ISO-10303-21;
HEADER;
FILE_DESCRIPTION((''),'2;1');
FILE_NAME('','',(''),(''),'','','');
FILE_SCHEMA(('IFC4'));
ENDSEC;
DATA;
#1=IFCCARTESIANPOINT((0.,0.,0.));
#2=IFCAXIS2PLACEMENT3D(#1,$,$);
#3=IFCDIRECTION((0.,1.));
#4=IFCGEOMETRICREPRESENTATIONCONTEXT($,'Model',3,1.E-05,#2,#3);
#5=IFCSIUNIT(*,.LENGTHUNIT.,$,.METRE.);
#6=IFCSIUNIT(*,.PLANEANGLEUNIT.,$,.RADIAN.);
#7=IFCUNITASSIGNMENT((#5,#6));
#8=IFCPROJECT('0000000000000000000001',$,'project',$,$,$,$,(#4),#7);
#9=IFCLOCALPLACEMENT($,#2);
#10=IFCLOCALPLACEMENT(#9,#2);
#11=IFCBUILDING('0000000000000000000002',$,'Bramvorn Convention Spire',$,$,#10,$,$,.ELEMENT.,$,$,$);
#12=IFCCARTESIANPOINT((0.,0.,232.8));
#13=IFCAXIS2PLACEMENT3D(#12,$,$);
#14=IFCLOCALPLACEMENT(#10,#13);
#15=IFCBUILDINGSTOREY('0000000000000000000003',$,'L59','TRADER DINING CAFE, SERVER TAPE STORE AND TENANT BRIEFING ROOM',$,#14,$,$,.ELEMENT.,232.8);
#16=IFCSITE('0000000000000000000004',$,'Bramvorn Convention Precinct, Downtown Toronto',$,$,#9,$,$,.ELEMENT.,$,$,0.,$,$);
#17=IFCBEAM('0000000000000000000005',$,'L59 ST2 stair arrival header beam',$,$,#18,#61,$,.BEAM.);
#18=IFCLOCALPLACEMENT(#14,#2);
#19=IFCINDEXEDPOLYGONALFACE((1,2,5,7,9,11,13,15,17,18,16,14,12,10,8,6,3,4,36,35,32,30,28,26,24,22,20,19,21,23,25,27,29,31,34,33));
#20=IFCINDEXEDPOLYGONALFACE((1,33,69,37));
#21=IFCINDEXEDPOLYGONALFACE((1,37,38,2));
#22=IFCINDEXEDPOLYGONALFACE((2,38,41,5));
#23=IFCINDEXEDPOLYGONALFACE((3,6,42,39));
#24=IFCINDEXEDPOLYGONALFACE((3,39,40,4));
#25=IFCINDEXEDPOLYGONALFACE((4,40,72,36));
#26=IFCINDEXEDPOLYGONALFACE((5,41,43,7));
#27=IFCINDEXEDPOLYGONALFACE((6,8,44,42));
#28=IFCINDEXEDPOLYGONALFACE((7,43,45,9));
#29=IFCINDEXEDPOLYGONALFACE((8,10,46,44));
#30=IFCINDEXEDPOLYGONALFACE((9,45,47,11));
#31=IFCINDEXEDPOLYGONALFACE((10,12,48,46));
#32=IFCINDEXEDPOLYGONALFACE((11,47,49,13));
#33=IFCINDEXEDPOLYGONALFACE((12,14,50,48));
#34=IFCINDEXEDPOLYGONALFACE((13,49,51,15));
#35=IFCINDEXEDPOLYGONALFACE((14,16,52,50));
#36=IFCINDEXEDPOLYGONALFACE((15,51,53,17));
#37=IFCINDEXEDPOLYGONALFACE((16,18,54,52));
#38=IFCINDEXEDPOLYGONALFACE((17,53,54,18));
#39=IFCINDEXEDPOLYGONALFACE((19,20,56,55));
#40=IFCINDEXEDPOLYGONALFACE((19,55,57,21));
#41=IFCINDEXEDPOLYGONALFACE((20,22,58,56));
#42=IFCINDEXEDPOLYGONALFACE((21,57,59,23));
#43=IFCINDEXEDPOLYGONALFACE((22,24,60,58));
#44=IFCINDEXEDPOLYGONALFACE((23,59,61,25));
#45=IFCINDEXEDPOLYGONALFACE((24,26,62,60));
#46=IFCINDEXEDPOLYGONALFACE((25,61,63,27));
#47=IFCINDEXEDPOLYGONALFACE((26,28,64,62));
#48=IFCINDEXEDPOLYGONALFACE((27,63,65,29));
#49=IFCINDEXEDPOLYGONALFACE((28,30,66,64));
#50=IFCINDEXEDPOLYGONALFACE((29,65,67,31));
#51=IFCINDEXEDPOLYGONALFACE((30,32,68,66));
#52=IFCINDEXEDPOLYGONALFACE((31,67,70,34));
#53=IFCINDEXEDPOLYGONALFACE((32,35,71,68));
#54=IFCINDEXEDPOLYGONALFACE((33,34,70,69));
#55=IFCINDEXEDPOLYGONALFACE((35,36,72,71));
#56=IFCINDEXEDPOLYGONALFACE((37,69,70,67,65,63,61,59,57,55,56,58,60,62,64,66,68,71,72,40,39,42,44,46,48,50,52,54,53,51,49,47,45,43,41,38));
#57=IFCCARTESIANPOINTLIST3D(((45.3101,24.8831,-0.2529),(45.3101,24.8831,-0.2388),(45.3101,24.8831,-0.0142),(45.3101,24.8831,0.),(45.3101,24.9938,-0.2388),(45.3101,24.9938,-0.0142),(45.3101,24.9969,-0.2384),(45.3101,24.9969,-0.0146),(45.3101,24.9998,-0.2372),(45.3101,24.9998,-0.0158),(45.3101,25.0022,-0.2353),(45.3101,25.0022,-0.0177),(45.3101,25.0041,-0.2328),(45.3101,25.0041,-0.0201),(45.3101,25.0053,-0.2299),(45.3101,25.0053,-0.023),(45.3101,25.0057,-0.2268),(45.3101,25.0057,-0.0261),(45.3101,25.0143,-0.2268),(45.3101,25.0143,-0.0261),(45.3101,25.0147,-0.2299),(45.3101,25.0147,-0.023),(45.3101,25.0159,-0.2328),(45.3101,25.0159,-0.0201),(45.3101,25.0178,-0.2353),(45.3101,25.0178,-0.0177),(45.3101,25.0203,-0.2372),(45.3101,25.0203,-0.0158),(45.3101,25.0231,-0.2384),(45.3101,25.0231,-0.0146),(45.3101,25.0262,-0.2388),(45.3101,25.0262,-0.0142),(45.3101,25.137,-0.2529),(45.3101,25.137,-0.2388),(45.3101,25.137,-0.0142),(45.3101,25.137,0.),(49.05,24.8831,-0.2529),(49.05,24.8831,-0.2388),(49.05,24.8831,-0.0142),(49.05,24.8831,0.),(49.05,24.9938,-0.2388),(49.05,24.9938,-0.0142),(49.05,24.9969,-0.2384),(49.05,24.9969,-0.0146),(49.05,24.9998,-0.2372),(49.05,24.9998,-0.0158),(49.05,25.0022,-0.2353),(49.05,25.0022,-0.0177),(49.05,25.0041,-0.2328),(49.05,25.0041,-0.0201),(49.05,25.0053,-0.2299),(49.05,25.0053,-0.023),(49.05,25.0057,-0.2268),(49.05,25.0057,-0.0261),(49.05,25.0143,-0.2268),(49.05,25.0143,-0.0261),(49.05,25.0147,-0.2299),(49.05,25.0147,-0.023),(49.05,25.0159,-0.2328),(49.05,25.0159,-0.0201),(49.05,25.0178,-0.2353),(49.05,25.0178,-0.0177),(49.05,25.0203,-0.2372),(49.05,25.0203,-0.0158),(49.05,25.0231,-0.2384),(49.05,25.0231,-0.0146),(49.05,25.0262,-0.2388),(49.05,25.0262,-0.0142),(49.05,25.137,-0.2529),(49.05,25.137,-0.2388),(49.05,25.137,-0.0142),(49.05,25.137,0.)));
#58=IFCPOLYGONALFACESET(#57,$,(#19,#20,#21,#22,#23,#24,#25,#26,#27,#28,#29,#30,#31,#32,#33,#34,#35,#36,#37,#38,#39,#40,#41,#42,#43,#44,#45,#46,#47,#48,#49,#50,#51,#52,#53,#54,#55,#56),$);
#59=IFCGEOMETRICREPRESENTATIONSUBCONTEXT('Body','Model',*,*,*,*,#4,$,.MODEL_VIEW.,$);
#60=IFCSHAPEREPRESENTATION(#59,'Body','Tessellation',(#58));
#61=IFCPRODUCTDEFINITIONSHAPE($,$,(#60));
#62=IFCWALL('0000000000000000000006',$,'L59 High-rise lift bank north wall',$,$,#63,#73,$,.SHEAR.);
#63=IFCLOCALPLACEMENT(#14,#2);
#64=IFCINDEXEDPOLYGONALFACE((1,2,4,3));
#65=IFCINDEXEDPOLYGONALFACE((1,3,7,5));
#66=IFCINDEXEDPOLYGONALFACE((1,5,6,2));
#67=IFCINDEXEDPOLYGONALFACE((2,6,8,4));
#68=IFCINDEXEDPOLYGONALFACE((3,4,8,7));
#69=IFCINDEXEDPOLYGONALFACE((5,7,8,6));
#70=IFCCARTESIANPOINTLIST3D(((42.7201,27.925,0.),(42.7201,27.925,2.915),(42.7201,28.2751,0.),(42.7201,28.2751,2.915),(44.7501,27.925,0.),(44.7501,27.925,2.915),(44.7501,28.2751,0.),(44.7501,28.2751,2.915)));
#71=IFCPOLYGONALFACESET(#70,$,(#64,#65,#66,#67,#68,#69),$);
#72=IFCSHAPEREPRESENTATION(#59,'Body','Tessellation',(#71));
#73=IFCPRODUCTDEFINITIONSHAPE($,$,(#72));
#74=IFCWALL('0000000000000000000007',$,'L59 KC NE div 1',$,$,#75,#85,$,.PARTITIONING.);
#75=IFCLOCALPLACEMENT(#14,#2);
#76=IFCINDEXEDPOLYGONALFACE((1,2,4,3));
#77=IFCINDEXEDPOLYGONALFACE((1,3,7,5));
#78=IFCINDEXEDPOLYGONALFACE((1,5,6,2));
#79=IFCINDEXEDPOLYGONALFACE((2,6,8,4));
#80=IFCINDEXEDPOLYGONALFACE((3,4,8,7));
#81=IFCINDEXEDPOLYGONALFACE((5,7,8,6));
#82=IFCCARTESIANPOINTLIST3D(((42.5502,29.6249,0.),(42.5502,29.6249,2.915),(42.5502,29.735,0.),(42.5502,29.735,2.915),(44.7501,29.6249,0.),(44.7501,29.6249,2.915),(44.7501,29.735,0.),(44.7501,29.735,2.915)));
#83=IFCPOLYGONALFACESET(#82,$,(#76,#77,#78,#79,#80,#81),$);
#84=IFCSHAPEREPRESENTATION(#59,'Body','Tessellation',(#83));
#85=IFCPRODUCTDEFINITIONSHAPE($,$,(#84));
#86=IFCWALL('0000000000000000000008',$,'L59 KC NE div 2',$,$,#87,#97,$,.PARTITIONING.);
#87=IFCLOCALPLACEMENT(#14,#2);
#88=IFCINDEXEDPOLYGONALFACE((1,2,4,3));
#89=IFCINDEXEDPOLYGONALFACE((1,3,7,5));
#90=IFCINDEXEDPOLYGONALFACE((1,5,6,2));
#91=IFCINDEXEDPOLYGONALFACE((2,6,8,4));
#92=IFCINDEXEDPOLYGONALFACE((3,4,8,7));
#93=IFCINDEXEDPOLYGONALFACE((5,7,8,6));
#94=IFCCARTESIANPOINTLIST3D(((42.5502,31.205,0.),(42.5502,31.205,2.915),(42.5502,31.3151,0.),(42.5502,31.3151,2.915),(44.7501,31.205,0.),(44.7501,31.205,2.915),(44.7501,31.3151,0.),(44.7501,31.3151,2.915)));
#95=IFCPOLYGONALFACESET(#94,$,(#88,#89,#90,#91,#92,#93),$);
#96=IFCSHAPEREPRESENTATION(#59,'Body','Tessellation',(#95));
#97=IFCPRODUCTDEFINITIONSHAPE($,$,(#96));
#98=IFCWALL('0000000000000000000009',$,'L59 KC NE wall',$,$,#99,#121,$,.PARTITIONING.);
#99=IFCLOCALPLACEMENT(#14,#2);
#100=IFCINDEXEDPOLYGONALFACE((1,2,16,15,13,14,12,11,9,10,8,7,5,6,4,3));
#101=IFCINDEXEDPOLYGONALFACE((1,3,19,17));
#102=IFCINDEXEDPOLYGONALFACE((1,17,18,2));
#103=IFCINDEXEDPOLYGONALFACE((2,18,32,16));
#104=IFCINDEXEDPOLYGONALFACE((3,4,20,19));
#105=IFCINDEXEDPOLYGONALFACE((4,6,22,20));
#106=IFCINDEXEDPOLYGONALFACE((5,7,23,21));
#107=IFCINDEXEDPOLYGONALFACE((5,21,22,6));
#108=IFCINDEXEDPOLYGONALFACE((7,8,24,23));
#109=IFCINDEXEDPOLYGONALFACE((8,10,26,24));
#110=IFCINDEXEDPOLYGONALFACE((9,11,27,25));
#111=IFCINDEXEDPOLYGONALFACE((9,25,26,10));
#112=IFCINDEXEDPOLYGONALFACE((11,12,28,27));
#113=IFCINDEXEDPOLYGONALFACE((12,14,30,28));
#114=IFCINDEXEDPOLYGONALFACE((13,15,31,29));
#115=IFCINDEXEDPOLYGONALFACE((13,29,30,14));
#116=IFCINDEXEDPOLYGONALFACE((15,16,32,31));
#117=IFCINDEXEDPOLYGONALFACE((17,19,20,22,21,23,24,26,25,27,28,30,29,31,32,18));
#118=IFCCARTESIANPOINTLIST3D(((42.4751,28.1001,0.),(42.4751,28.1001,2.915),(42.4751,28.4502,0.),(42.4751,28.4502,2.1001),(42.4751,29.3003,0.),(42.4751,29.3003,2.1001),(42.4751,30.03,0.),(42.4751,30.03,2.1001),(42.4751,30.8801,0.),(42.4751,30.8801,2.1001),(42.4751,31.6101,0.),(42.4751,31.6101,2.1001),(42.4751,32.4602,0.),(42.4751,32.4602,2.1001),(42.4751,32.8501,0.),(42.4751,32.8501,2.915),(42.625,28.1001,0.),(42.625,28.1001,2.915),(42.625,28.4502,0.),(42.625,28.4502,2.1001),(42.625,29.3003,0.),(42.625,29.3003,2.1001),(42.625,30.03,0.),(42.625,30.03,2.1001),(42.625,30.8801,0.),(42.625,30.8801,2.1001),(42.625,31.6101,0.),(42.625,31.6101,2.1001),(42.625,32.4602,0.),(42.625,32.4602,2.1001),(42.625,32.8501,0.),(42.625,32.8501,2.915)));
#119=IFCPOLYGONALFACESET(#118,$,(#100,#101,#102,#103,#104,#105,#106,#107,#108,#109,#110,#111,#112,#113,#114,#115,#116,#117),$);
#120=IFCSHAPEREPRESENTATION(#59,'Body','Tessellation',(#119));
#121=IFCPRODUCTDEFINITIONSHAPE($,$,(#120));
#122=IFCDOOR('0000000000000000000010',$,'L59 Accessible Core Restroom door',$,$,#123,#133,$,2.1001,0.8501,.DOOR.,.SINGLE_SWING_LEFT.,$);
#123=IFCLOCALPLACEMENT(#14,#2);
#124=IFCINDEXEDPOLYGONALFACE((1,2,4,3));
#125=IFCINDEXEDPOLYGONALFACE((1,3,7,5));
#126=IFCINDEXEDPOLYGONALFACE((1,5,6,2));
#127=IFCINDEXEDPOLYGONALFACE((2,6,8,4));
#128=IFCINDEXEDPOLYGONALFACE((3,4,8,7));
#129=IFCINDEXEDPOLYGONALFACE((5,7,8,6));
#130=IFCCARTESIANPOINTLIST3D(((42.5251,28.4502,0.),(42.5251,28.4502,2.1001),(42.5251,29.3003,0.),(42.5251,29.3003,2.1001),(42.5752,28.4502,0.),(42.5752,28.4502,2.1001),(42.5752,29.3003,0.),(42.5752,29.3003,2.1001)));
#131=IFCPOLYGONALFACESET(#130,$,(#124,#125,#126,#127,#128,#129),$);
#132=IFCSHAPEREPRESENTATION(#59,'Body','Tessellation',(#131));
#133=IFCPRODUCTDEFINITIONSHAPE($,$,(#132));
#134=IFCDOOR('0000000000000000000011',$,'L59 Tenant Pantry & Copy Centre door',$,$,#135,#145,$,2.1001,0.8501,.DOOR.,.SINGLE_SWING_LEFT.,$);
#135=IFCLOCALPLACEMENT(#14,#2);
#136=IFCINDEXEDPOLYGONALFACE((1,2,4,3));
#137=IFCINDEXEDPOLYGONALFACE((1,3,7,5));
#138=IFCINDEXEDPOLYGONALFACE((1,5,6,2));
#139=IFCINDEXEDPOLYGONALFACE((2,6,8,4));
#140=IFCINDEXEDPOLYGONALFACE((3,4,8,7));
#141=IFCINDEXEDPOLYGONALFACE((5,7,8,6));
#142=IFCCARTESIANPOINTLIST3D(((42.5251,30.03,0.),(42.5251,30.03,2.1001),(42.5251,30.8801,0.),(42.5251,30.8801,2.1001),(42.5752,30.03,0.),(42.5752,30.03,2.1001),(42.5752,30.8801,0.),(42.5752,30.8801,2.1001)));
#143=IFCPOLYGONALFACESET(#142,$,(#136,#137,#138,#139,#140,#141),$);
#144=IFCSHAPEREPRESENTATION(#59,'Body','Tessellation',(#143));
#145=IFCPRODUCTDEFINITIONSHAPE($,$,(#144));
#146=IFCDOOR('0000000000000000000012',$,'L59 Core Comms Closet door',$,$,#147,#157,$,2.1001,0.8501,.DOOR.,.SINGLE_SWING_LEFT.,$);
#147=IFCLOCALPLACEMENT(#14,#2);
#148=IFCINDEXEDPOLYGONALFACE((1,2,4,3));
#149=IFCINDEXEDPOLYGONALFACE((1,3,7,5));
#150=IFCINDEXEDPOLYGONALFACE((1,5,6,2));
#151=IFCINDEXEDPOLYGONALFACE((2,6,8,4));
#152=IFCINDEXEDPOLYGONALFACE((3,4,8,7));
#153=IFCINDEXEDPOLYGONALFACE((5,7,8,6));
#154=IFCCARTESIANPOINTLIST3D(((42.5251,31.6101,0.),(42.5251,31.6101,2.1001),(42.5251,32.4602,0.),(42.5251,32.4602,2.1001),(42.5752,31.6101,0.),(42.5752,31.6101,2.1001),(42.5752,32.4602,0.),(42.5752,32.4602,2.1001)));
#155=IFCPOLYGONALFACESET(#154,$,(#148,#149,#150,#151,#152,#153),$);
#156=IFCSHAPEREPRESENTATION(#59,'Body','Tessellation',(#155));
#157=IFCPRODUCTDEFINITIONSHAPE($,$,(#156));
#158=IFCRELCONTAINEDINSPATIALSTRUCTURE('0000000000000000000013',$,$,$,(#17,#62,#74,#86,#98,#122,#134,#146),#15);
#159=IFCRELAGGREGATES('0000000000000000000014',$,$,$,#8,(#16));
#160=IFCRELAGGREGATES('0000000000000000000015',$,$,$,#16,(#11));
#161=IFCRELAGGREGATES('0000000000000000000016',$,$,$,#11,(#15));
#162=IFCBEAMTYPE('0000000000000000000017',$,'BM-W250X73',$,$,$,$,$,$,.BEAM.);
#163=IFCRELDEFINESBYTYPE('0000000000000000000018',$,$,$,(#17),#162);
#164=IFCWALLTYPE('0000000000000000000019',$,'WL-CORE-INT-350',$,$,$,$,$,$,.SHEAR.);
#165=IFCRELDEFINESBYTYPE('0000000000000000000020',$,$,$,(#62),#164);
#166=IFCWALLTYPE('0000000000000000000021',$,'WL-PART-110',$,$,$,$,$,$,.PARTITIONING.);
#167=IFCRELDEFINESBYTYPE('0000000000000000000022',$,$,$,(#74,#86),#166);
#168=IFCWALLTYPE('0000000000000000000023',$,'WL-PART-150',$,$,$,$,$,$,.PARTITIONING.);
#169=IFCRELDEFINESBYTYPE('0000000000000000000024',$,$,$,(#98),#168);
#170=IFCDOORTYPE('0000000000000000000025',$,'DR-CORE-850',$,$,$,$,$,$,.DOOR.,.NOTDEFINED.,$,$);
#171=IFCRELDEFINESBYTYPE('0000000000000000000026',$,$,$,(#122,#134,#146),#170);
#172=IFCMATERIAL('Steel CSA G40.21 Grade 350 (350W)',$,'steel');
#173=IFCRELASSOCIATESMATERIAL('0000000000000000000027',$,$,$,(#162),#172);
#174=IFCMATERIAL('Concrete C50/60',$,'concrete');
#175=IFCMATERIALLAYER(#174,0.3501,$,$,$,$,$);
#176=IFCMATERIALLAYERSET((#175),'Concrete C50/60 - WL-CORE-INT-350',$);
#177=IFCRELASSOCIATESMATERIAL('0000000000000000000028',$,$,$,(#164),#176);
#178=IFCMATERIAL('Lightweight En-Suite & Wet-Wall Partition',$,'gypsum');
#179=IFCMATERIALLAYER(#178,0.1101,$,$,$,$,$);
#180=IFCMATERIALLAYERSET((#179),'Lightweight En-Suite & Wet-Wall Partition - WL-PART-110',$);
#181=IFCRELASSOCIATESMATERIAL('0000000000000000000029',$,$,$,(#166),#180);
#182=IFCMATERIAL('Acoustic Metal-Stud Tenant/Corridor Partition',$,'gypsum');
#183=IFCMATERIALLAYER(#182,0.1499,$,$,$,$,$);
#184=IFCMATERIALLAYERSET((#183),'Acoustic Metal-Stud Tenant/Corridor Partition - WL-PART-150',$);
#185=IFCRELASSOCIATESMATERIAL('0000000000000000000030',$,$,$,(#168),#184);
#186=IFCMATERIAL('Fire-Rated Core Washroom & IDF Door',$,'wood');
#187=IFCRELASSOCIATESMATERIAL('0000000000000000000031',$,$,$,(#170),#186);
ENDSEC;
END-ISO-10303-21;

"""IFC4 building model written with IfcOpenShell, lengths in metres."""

from ifc_helpers import new_model, si_unit, direction, frame, frame_2d, origin, origin_2d, place, context, subcontext, project, spatial, rectangle, i_section, extrude, material, layer, layer_set, material_profile, profile_set, type_object, element, fill, save


model = new_model("IFC4")

# Units and contexts
model_context = context("Model", 3, precision=1e-05, world=origin(), true_north=direction((0.0, 1.0)))
body_context = subcontext(model_context, "Body", "Model", "MODEL_VIEW")
ifc_project = project(units=[si_unit("LENGTHUNIT", "METRE"), si_unit("PLANEANGLEUNIT", "RADIAN")], contexts=[model_context])

# Site, building, storey
site_placement = place(None, origin())
site = spatial("IfcSite", under=ifc_project, at=site_placement, Name="Bramvorn Convention Precinct, Downtown Toronto", CompositionType="ELEMENT", RefElevation=0.0)
building_placement = place(site_placement, origin())
building = spatial("IfcBuilding", under=site, at=building_placement, Name="Bramvorn Convention Spire", CompositionType="ELEMENT")
storey_placement = place(building_placement, frame((0.0, 0.0, 232.8)))
storey = spatial("IfcBuildingStorey", under=building, at=storey_placement, Name="L59", Description="TRADER DINING CAFE, SERVER TAPE STORE AND TENANT BRIEFING ROOM", CompositionType="ELEMENT", Elevation=232.8)

# Beam
ifc_material_1 = material(Name="Steel CSA G40.21 Grade 350 (350W)", Category="steel")
ifc_material_profile = material_profile(ifc_material_1, i_section(OverallWidth=0.2539, OverallDepth=0.2529, WebThickness=0.0085, FlangeThickness=0.0142, FilletRadius=0.012, at=origin_2d()))
ifc_profile_set = profile_set([ifc_material_profile], Name="Steel CSA G40.21 Grade 350 (350W) - W250X73")
beam_type = type_object("IfcBeamType", Name="BM-W250X73", PredefinedType="BEAM", material=ifc_profile_set)
beam_placement = place(storey_placement, frame((45.3101, 25.01, -0.1265), z_axis=(1.0, 0.0, 0.0), x_axis=(0.0, 1.0, 0.0)))
element("IfcBeam", 1, at=beam_placement, inside=storey, type_object=beam_type, Name="L59 ST2 stair arrival header beam", PredefinedType="BEAM", context=body_context, shape_type="SweptSolid", body=[
    extrude(i_section(OverallWidth=0.2539, OverallDepth=0.2529, WebThickness=0.0085, FlangeThickness=0.0142, FilletRadius=0.012, at=origin_2d()), origin(), (0.0, 0.0, 1.0), 3.74),
])

# Shared definitions
ifc_material_2 = material(Name="Concrete C50/60", Category="concrete")
ifc_layer_1 = layer(ifc_material_2, 0.3501)
ifc_layer_set_1 = layer_set([ifc_layer_1], Name="Concrete C50/60 - WL-CORE-INT-350")
wall_type_1 = type_object("IfcWallType", Name="WL-CORE-INT-350", PredefinedType="SHEAR", material=ifc_layer_set_1)

# Walls
wall_1_placement = place(storey_placement, frame((42.72, 28.1001, 0.0), z_axis=(0.0, 0.0, 1.0), x_axis=(1.0, 0.0, 0.0)))
element("IfcWall", 2, at=wall_1_placement, inside=storey, type_object=wall_type_1, Name="L59 High-rise lift bank north wall", PredefinedType="SHEAR", context=body_context, shape_type="SweptSolid", body=[
    extrude(rectangle(XDim=2.03, YDim=0.3501, at=frame_2d((1.0151, 0.0))), origin(), (0.0, 0.0, 1.0), 2.915),
])
ifc_material_3 = material(Name="Lightweight En-Suite & Wet-Wall Partition", Category="gypsum")
ifc_layer_2 = layer(ifc_material_3, 0.1101)
ifc_layer_set_2 = layer_set([ifc_layer_2], Name="Lightweight En-Suite & Wet-Wall Partition - WL-PART-110")
wall_type_2 = type_object("IfcWallType", Name="WL-PART-110", PredefinedType="PARTITIONING", material=ifc_layer_set_2)
for number, where, z_axis, x_axis, name in (
    (3, (42.55, 29.6799, 0.0), (0.0, 0.0, 1.0), (1.0, 0.0, 0.0), "L59 KC NE div 1"),
    (4, (42.55, 31.26, 0.0), (0.0, 0.0, 1.0), (1.0, 0.0, 0.0), "L59 KC NE div 2"),
):
    element("IfcWall", number, at=place(storey_placement, frame(where, z_axis=z_axis, x_axis=x_axis)), inside=storey, type_object=wall_type_2, Name=name, PredefinedType="PARTITIONING", context=body_context, shape_type="SweptSolid", body=[
        extrude(rectangle(XDim=2.2, YDim=0.1101, at=frame_2d((1.1001, 0.0))), origin(), (0.0, 0.0, 1.0), 2.915),
    ])

# Wall, openings, doors
ifc_material_4 = material(Name="Acoustic Metal-Stud Tenant/Corridor Partition", Category="gypsum")
ifc_layer_3 = layer(ifc_material_4, 0.1499)
ifc_layer_set_3 = layer_set([ifc_layer_3], Name="Acoustic Metal-Stud Tenant/Corridor Partition - WL-PART-150")
wall_type_3 = type_object("IfcWallType", Name="WL-PART-150", PredefinedType="PARTITIONING", material=ifc_layer_set_3)
wall_2_placement = place(storey_placement, frame((42.55, 28.1001, 0.0), z_axis=(0.0, 0.0, 1.0), x_axis=(0.0, 1.0, 0.0)))
wall_2 = element("IfcWall", 5, at=wall_2_placement, inside=storey, type_object=wall_type_3, Name="L59 KC NE wall", PredefinedType="PARTITIONING", context=body_context, shape_type="SweptSolid", body=[
    extrude(rectangle(XDim=4.75, YDim=0.1499, at=frame_2d((2.375, 0.0))), origin(), (0.0, 0.0, 1.0), 2.915),
])
opening_1_placement = place(wall_2_placement, frame((0.3501, 0.0, 0.0)))
opening_1 = element("IfcOpeningElement", 6, at=opening_1_placement, cuts=wall_2, PredefinedType="OPENING", context=body_context, shape_type="SweptSolid", body=[
    extrude(rectangle(XDim=0.8501, YDim=2.1001, at=frame_2d((0.425, 1.05))), frame((0.0, 0.085, 0.0), z_axis=(0.0, -1.0, 0.0), x_axis=(1.0, 0.0, 0.0)), (0.0, 0.0, 1.0), 0.1699),
])
opening_2_placement = place(wall_2_placement, frame((1.9299, 0.0, 0.0)))
opening_2 = element("IfcOpeningElement", 7, at=opening_2_placement, cuts=wall_2, PredefinedType="OPENING", context=body_context, shape_type="SweptSolid", body=[
    extrude(rectangle(XDim=0.8501, YDim=2.1001, at=frame_2d((0.425, 1.05))), frame((0.0, 0.085, 0.0), z_axis=(0.0, -1.0, 0.0), x_axis=(1.0, 0.0, 0.0)), (0.0, 0.0, 1.0), 0.1699),
])
opening_3_placement = place(wall_2_placement, frame((3.51, 0.0, 0.0)))
opening_3 = element("IfcOpeningElement", 8, at=opening_3_placement, cuts=wall_2, PredefinedType="OPENING", context=body_context, shape_type="SweptSolid", body=[
    extrude(rectangle(XDim=0.8501, YDim=2.1001, at=frame_2d((0.425, 1.05))), frame((0.0, 0.085, 0.0), z_axis=(0.0, -1.0, 0.0), x_axis=(1.0, 0.0, 0.0)), (0.0, 0.0, 1.0), 0.1699),
])
ifc_material_5 = material(Name="Fire-Rated Core Washroom & IDF Door", Category="wood")
door_type_1 = type_object("IfcDoorType", Name="DR-CORE-850", OperationType="NOTDEFINED", PredefinedType="DOOR", material=ifc_material_5)
door_1_placement = place(opening_1_placement, origin())
door_1 = element("IfcDoor", 9, at=door_1_placement, inside=storey, type_object=door_type_1, Name="L59 Accessible Core Restroom door", OperationType="SINGLE_SWING_LEFT", OverallHeight=2.1001, OverallWidth=0.8501, PredefinedType="DOOR", context=body_context, shape_type="SweptSolid", body=[
    extrude(rectangle(XDim=0.8501, YDim=2.1001, at=frame_2d((0.425, 1.05))), frame((0.0, 0.0249, 0.0), z_axis=(0.0, -1.0, 0.0), x_axis=(1.0, 0.0, 0.0)), (0.0, 0.0, 1.0), 0.05),
])
fill(opening_1, door_1)
door_2_placement = place(opening_2_placement, origin())
door_2 = element("IfcDoor", 10, at=door_2_placement, inside=storey, type_object=door_type_1, Name="L59 Tenant Pantry & Copy Centre door", OperationType="SINGLE_SWING_LEFT", OverallHeight=2.1001, OverallWidth=0.8501, PredefinedType="DOOR", context=body_context, shape_type="SweptSolid", body=[
    extrude(rectangle(XDim=0.8501, YDim=2.1001, at=frame_2d((0.425, 1.05))), frame((0.0, 0.0249, 0.0), z_axis=(0.0, -1.0, 0.0), x_axis=(1.0, 0.0, 0.0)), (0.0, 0.0, 1.0), 0.05),
])
fill(opening_2, door_2)
door_3_placement = place(opening_3_placement, origin())
door_3 = element("IfcDoor", 11, at=door_3_placement, inside=storey, type_object=door_type_1, Name="L59 Core Comms Closet door", OperationType="SINGLE_SWING_LEFT", OverallHeight=2.1001, OverallWidth=0.8501, PredefinedType="DOOR", context=body_context, shape_type="SweptSolid", body=[
    extrude(rectangle(XDim=0.8501, YDim=2.1001, at=frame_2d((0.425, 1.05))), frame((0.0, 0.0249, 0.0), z_axis=(0.0, -1.0, 0.0), x_axis=(1.0, 0.0, 0.0)), (0.0, 0.0, 1.0), 0.05),
])
fill(opening_3, door_3)

save(model, "model.ifc")
